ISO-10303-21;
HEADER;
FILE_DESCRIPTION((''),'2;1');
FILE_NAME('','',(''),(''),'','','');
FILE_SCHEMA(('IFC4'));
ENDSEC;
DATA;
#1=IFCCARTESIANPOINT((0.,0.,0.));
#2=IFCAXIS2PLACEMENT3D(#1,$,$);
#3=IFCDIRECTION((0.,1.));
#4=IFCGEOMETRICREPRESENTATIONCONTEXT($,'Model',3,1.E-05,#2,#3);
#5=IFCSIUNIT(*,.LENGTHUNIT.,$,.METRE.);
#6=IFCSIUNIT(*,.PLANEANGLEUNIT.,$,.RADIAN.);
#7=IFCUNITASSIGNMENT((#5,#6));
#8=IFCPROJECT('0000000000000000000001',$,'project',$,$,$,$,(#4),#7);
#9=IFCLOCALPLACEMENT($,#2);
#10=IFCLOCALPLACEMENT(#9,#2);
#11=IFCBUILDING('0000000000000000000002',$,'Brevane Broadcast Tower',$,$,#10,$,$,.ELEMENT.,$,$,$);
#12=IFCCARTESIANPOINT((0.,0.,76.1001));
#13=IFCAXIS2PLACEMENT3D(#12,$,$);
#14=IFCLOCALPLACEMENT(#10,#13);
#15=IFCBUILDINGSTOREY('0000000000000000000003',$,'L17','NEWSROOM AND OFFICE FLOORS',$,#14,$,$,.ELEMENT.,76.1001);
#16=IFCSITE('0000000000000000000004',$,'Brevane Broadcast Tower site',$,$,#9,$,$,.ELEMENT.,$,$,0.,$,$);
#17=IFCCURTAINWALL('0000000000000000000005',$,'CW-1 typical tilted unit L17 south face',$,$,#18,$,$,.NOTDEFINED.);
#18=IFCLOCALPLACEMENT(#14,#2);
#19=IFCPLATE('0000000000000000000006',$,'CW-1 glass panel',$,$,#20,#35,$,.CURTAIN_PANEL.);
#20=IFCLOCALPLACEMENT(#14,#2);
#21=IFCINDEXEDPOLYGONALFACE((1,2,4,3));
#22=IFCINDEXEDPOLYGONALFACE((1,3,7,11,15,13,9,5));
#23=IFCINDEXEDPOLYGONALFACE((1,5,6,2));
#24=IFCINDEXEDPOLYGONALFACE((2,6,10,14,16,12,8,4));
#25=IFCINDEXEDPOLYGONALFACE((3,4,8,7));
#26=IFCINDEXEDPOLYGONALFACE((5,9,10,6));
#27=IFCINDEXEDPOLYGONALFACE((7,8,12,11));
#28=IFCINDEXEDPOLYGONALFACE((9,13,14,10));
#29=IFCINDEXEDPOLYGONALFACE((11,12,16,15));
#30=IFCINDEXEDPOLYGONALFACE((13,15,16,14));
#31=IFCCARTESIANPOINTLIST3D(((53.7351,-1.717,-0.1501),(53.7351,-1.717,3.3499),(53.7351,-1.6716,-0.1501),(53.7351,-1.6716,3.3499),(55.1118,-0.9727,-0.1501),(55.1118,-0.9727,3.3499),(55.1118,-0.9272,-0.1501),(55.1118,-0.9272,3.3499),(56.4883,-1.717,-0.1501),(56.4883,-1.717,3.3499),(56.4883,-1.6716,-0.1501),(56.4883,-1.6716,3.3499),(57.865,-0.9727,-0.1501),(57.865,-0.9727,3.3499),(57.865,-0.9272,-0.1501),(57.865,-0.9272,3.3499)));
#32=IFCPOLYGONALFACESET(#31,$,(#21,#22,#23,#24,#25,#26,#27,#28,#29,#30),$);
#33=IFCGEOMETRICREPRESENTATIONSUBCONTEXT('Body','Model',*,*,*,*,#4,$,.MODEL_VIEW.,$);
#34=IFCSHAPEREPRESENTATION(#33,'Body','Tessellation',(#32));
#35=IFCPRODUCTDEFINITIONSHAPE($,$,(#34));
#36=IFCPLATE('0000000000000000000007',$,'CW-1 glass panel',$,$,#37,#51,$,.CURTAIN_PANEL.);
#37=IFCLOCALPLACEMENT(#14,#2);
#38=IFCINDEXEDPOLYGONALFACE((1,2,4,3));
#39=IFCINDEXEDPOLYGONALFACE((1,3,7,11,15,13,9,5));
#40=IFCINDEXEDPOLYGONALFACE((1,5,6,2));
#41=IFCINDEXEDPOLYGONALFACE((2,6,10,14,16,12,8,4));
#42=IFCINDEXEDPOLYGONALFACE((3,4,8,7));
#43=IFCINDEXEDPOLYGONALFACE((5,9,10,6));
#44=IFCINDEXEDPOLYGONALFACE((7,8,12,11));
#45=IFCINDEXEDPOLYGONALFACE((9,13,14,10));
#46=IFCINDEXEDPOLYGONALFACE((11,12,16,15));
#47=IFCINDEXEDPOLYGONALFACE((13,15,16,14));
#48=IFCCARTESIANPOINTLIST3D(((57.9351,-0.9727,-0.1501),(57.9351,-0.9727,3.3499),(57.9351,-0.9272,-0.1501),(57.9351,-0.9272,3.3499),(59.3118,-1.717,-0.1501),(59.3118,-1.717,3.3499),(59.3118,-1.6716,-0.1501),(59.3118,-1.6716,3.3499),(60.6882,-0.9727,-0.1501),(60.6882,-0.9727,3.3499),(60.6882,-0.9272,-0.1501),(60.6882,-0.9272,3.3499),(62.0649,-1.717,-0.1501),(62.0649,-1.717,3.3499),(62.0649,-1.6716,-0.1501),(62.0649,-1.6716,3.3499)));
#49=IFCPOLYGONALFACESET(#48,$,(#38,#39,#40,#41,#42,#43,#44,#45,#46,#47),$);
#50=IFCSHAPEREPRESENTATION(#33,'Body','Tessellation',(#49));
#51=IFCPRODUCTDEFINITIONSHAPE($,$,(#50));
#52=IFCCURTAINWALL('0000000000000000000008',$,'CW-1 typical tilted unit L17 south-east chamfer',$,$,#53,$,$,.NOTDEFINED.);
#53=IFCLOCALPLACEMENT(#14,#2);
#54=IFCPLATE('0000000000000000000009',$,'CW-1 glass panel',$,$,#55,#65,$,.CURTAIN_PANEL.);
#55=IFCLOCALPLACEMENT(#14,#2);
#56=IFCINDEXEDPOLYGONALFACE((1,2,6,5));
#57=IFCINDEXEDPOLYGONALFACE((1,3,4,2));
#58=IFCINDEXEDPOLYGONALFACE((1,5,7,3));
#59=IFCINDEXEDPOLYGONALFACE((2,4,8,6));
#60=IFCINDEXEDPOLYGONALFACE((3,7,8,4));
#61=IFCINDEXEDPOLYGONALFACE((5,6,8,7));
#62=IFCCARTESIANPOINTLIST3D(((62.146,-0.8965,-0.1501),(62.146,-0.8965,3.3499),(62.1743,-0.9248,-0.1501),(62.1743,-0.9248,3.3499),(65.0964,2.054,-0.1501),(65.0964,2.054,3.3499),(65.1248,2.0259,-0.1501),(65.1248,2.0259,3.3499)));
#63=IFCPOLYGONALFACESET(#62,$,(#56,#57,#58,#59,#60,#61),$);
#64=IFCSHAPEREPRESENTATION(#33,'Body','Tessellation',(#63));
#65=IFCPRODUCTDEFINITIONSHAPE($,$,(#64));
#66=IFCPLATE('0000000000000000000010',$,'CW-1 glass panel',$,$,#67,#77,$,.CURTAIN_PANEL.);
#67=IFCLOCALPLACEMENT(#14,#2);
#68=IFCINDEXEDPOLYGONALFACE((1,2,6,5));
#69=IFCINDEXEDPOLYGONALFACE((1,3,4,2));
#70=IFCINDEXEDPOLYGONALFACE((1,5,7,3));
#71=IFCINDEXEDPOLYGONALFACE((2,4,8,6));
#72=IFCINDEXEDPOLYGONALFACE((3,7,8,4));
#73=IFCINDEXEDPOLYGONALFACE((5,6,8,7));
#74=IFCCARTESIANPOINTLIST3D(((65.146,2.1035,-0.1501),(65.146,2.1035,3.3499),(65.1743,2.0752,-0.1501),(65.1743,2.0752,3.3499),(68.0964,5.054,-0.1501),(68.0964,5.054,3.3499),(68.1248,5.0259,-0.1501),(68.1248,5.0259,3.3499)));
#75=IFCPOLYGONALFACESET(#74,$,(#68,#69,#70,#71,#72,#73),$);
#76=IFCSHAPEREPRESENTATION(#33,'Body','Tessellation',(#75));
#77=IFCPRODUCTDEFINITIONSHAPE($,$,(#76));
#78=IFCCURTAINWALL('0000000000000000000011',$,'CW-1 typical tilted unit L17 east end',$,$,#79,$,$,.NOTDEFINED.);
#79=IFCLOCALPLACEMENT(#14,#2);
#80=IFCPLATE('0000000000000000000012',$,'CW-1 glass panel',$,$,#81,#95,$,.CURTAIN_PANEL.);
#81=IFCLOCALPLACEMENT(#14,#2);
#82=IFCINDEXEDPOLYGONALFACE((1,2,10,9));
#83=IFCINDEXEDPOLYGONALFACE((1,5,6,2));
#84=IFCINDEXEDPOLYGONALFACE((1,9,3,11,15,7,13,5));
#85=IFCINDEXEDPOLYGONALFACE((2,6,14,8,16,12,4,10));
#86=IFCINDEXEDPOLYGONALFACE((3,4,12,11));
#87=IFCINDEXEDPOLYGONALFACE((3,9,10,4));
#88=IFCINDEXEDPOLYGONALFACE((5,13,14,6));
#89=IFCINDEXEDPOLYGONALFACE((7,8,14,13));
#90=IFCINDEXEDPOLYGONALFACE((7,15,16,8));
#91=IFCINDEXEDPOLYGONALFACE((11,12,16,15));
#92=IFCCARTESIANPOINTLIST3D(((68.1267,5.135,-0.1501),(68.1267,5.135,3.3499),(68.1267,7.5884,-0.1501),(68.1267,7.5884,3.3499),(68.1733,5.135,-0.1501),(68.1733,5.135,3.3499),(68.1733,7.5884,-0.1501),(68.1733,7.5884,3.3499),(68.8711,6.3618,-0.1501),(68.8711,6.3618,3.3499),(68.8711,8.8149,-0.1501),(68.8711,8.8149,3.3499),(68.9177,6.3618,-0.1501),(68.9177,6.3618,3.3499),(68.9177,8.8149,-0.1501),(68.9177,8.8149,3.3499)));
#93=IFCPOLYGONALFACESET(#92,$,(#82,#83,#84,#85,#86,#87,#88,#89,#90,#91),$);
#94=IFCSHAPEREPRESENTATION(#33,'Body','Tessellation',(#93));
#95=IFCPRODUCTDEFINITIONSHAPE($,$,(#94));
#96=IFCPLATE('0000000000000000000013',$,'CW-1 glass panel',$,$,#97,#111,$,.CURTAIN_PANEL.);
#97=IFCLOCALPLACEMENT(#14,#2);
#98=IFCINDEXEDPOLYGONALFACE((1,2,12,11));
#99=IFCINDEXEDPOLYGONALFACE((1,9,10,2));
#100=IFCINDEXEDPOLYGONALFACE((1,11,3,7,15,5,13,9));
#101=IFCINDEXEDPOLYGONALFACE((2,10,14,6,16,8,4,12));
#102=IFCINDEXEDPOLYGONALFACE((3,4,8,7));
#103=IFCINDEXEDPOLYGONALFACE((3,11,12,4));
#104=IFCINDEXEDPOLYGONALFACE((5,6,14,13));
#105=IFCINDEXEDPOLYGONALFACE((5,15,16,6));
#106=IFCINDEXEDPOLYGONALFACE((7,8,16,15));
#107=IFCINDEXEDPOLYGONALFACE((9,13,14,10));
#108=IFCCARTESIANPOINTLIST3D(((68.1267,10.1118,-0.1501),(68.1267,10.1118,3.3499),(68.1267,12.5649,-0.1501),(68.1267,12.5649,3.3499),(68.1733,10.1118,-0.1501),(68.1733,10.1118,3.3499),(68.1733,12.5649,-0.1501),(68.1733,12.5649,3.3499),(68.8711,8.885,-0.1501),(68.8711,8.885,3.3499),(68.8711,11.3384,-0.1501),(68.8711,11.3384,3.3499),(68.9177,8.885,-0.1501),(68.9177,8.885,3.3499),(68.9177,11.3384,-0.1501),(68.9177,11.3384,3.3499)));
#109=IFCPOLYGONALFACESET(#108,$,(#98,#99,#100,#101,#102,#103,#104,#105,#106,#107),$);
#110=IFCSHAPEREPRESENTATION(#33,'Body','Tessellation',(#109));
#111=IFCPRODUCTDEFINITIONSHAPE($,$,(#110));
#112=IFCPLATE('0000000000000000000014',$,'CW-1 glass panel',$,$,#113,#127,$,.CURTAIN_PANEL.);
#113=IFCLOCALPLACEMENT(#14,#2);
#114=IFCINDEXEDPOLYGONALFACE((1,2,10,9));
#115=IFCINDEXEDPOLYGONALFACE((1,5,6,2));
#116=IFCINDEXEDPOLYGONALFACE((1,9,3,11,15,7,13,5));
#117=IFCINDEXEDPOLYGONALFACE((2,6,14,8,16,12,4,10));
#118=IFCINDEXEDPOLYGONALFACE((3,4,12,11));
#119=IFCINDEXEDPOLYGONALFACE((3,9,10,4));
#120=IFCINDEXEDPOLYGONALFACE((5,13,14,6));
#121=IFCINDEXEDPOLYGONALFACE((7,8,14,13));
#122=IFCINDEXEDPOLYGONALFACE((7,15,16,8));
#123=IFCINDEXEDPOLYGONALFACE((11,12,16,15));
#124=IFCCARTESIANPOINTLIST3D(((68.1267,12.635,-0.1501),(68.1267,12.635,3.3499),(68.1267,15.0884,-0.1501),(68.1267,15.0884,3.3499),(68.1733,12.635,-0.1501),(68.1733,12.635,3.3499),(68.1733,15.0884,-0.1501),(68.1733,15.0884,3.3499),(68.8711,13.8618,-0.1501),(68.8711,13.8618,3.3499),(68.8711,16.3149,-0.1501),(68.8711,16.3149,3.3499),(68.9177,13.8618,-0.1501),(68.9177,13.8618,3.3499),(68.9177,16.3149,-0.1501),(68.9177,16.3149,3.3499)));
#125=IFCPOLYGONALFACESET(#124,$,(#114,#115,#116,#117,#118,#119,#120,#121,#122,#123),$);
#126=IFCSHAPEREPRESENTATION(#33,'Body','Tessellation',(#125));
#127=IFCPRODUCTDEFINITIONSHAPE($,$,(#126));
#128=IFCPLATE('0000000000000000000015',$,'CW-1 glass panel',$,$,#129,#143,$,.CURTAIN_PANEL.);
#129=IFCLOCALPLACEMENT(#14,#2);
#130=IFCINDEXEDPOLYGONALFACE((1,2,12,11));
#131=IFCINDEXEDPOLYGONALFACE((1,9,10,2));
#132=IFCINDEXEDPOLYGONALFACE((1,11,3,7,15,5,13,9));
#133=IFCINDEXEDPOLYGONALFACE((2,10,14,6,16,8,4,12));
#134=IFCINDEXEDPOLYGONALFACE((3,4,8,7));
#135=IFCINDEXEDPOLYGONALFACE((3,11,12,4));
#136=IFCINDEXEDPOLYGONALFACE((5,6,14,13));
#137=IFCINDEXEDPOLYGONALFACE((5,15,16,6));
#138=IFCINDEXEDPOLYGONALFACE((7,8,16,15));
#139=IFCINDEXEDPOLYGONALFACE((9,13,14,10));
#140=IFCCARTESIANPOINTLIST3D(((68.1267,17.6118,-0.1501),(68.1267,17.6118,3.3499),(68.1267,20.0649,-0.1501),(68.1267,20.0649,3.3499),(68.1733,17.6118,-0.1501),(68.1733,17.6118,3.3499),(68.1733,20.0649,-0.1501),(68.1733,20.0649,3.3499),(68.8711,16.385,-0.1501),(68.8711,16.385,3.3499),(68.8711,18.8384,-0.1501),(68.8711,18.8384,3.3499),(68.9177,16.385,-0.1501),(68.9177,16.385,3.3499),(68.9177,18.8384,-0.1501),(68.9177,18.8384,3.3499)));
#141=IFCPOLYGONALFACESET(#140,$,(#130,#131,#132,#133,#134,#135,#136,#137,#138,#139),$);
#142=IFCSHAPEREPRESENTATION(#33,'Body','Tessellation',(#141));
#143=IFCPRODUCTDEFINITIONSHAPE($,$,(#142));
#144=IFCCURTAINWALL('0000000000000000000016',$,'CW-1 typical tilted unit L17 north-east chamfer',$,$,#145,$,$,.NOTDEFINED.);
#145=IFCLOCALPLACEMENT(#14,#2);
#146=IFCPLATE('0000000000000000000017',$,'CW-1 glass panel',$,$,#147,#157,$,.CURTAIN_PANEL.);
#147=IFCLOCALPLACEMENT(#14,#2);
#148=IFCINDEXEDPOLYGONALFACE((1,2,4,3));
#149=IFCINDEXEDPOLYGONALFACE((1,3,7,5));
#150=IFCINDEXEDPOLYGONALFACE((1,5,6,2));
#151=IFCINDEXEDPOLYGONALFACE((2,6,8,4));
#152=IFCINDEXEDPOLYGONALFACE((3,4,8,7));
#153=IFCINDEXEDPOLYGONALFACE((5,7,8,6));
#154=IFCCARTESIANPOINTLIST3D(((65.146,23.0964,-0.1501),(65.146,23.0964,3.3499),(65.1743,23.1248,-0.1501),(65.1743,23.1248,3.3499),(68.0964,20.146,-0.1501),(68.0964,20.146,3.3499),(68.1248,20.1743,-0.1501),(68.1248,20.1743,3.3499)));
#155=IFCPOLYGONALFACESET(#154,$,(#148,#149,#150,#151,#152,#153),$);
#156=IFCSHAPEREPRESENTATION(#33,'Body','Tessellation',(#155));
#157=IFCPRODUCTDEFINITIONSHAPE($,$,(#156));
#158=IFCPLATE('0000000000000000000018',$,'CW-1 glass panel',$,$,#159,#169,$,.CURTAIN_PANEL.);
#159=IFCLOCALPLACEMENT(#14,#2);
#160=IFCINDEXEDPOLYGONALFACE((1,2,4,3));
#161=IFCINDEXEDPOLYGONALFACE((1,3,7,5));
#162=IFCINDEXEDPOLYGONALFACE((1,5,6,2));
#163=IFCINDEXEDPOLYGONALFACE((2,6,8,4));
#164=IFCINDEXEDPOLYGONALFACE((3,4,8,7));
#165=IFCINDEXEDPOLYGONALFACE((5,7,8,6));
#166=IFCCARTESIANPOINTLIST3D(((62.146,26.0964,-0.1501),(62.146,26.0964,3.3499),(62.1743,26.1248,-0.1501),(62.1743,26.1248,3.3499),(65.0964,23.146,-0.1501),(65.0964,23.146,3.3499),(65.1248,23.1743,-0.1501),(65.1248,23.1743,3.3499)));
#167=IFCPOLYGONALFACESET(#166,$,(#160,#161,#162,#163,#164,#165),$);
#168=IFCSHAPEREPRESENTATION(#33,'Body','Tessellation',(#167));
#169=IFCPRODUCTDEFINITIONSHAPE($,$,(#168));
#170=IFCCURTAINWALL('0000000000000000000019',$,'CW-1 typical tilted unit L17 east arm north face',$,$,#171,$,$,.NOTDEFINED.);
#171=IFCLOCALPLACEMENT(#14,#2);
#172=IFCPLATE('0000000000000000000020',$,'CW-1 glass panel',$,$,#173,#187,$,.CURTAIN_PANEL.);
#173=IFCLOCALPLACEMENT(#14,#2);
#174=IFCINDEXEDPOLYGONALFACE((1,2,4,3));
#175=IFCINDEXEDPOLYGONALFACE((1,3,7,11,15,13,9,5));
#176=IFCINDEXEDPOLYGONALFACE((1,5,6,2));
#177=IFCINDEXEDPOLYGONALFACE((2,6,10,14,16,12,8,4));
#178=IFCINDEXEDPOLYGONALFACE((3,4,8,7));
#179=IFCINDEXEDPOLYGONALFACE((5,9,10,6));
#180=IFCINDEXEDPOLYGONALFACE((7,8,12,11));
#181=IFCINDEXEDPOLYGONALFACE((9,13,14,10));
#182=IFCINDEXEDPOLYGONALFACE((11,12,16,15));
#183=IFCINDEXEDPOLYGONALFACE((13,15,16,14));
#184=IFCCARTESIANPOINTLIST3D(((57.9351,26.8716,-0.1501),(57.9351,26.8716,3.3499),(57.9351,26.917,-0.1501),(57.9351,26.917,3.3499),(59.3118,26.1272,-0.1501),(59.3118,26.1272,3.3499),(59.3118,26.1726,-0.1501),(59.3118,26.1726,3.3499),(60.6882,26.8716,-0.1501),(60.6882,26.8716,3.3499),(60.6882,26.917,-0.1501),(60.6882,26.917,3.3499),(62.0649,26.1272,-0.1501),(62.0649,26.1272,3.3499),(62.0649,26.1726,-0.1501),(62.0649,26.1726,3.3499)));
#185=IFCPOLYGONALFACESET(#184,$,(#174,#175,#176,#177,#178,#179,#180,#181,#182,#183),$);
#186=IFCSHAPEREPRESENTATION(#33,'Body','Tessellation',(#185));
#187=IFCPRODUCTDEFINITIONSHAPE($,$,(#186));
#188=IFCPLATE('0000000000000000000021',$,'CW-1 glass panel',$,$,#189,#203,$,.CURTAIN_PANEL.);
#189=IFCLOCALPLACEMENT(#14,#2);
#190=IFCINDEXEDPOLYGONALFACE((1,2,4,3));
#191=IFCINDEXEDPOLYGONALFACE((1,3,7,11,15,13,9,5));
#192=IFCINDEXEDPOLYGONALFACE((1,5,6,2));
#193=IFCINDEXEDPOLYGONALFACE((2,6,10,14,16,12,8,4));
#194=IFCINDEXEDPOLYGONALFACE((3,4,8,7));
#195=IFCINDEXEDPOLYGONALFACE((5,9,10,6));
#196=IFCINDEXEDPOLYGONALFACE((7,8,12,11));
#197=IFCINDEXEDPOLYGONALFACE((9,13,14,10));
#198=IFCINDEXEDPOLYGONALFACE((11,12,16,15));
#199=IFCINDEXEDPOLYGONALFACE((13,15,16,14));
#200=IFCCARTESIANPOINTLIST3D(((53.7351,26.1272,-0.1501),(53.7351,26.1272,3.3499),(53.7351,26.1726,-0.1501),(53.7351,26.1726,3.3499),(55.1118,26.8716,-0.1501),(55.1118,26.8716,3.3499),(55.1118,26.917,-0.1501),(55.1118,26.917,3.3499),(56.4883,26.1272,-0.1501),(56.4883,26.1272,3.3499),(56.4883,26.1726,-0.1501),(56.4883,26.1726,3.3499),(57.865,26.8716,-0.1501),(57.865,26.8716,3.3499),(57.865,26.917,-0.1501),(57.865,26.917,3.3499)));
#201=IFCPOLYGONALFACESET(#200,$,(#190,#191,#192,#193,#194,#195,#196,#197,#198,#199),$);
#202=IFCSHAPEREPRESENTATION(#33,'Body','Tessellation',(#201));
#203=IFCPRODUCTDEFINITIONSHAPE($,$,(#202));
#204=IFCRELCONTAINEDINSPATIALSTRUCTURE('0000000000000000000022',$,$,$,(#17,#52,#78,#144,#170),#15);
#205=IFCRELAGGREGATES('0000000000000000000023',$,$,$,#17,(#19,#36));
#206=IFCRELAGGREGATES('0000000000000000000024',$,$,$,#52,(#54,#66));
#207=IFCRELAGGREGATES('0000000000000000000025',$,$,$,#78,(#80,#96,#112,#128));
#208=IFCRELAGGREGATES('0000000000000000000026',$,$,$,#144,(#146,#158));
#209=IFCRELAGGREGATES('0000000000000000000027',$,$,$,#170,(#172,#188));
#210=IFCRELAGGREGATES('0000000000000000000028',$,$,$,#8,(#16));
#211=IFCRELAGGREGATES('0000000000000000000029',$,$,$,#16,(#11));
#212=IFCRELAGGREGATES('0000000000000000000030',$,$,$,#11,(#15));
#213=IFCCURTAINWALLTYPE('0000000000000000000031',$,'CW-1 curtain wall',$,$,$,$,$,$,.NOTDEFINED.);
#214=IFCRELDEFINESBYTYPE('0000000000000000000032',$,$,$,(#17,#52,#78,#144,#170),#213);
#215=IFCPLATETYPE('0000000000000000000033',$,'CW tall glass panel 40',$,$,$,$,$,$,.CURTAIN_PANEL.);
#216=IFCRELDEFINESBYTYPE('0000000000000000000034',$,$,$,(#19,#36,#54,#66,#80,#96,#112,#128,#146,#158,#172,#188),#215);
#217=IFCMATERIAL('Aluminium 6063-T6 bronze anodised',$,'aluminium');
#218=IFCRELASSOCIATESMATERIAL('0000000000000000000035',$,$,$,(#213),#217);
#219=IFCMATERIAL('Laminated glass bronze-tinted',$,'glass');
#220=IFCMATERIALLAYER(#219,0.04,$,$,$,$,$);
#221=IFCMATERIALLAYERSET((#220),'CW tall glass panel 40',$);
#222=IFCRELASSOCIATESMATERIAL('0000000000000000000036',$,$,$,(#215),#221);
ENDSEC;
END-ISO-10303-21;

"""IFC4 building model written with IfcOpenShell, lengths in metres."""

from ifc_helpers import new_model, si_unit, direction, frame, origin, place, context, subcontext, project, spatial, polyline, outline, extrude, material, layer, layer_set, type_object, element, aggregate, save


model = new_model("IFC4")

# Units and contexts
model_context = context("Model", 3, precision=1e-05, world=origin(), true_north=direction((0.0, 1.0)))
body_context = subcontext(model_context, "Body", "Model", "MODEL_VIEW")
ifc_project = project(units=[si_unit("LENGTHUNIT", "METRE"), si_unit("PLANEANGLEUNIT", "RADIAN")], contexts=[model_context])

# Site, building, storey
site_placement = place(None, origin())
site = spatial("IfcSite", under=ifc_project, at=site_placement, Name="Brevane Broadcast Tower site", CompositionType="ELEMENT", RefElevation=0.0)
building_placement = place(site_placement, origin())
building = spatial("IfcBuilding", under=site, at=building_placement, Name="Brevane Broadcast Tower", CompositionType="ELEMENT")
storey_placement = place(building_placement, frame((0.0, 0.0, 76.1001)))
storey = spatial("IfcBuildingStorey", under=building, at=storey_placement, Name="L17", Description="NEWSROOM AND OFFICE FLOORS", CompositionType="ELEMENT", Elevation=76.1001)

# Curtain walls, plates
ifc_material_1 = material(Name="Aluminium 6063-T6 bronze anodised", Category="aluminium")
curtain_wall_type = type_object("IfcCurtainWallType", Name="CW-1 curtain wall", PredefinedType="NOTDEFINED", material=ifc_material_1)
curtain_wall_1_placement = place(storey_placement, origin())
curtain_wall_1 = element("IfcCurtainWall", 1, at=curtain_wall_1_placement, inside=storey, type_object=curtain_wall_type, Name="CW-1 typical tilted unit L17 south face", PredefinedType="NOTDEFINED")
ifc_material_2 = material(Name="Laminated glass bronze-tinted", Category="glass")
ifc_layer = layer(ifc_material_2, 0.04)
ifc_layer_set = layer_set([ifc_layer], Name="CW tall glass panel 40")
plate_type = type_object("IfcPlateType", Name="CW tall glass panel 40", PredefinedType="CURTAIN_PANEL", material=ifc_layer_set)
plate_1_placement = place(storey_placement, frame((0.0, 0.0, -0.1501)))
plate_1 = element("IfcPlate", 2, at=plate_1_placement, type_object=plate_type, Name="CW-1 glass panel", PredefinedType="CURTAIN_PANEL", context=body_context, shape_type="SweptSolid", body=[
    extrude(outline(polyline([(53.7351, -1.6716), (53.7351, -1.717), (55.1118, -0.9727), (56.4883, -1.717), (57.865, -0.9727), (57.865, -0.9272), (56.4883, -1.6716), (55.1118, -0.9272), (53.7351, -1.6716)])), origin(), (0.0, 0.0, 1.0), 3.5),
])
plate_2_placement = place(storey_placement, frame((0.0, 0.0, -0.1501)))
plate_2 = element("IfcPlate", 3, at=plate_2_placement, type_object=plate_type, Name="CW-1 glass panel", PredefinedType="CURTAIN_PANEL", context=body_context, shape_type="SweptSolid", body=[
    extrude(outline(polyline([(57.9351, -0.9272), (57.9351, -0.9727), (59.3118, -1.717), (60.6882, -0.9727), (62.0649, -1.717), (62.0649, -1.6716), (60.6882, -0.9272), (59.3118, -1.6716), (57.9351, -0.9272)])), origin(), (0.0, 0.0, 1.0), 3.5),
])
aggregate(curtain_wall_1, [plate_1, plate_2])
curtain_wall_2_placement = place(storey_placement, origin())
curtain_wall_2 = element("IfcCurtainWall", 4, at=curtain_wall_2_placement, inside=storey, type_object=curtain_wall_type, Name="CW-1 typical tilted unit L17 south-east chamfer", PredefinedType="NOTDEFINED")
plate_3_placement = place(storey_placement, frame((0.0, 0.0, -0.1501)))
plate_3 = element("IfcPlate", 5, at=plate_3_placement, type_object=plate_type, Name="CW-1 glass panel", PredefinedType="CURTAIN_PANEL", context=body_context, shape_type="SweptSolid", body=[
    extrude(outline(polyline([(62.146, -0.8965), (65.0964, 2.054), (65.1248, 2.0259), (62.1743, -0.9248), (62.146, -0.8965)])), origin(), (0.0, 0.0, 1.0), 3.5),
])
plate_4_placement = place(storey_placement, frame((0.0, 0.0, -0.1501)))
plate_4 = element("IfcPlate", 6, at=plate_4_placement, type_object=plate_type, Name="CW-1 glass panel", PredefinedType="CURTAIN_PANEL", context=body_context, shape_type="SweptSolid", body=[
    extrude(outline(polyline([(65.146, 2.1035), (68.0964, 5.054), (68.1248, 5.0259), (65.1743, 2.0752), (65.146, 2.1035)])), origin(), (0.0, 0.0, 1.0), 3.5),
])
aggregate(curtain_wall_2, [plate_3, plate_4])
curtain_wall_3_placement = place(storey_placement, origin())
curtain_wall_3 = element("IfcCurtainWall", 7, at=curtain_wall_3_placement, inside=storey, type_object=curtain_wall_type, Name="CW-1 typical tilted unit L17 east end", PredefinedType="NOTDEFINED")
plate_5_placement = place(storey_placement, frame((0.0, 0.0, -0.1501)))
plate_5 = element("IfcPlate", 8, at=plate_5_placement, type_object=plate_type, Name="CW-1 glass panel", PredefinedType="CURTAIN_PANEL", context=body_context, shape_type="SweptSolid", body=[
    extrude(outline(polyline([(68.1267, 5.135), (68.1733, 5.135), (68.9177, 6.3618), (68.1733, 7.5884), (68.9177, 8.8149), (68.8711, 8.8149), (68.1267, 7.5884), (68.8711, 6.3618), (68.1267, 5.135)])), origin(), (0.0, 0.0, 1.0), 3.5),
])
plate_6_placement = place(storey_placement, frame((0.0, 0.0, -0.1501)))
plate_6 = element("IfcPlate", 9, at=plate_6_placement, type_object=plate_type, Name="CW-1 glass panel", PredefinedType="CURTAIN_PANEL", context=body_context, shape_type="SweptSolid", body=[
    extrude(outline(polyline([(68.8711, 8.885), (68.9177, 8.885), (68.1733, 10.1118), (68.9177, 11.3384), (68.1733, 12.5649), (68.1267, 12.5649), (68.8711, 11.3384), (68.1267, 10.1118), (68.8711, 8.885)])), origin(), (0.0, 0.0, 1.0), 3.5),
])
plate_7_placement = place(storey_placement, frame((0.0, 0.0, -0.1501)))
plate_7 = element("IfcPlate", 10, at=plate_7_placement, type_object=plate_type, Name="CW-1 glass panel", PredefinedType="CURTAIN_PANEL", context=body_context, shape_type="SweptSolid", body=[
    extrude(outline(polyline([(68.1267, 12.635), (68.1733, 12.635), (68.9177, 13.8618), (68.1733, 15.0884), (68.9177, 16.3149), (68.8711, 16.3149), (68.1267, 15.0884), (68.8711, 13.8618), (68.1267, 12.635)])), origin(), (0.0, 0.0, 1.0), 3.5),
])
plate_8_placement = place(storey_placement, frame((0.0, 0.0, -0.1501)))
plate_8 = element("IfcPlate", 11, at=plate_8_placement, type_object=plate_type, Name="CW-1 glass panel", PredefinedType="CURTAIN_PANEL", context=body_context, shape_type="SweptSolid", body=[
    extrude(outline(polyline([(68.8711, 16.385), (68.9177, 16.385), (68.1733, 17.6118), (68.9177, 18.8384), (68.1733, 20.0649), (68.1267, 20.0649), (68.8711, 18.8384), (68.1267, 17.6118), (68.8711, 16.385)])), origin(), (0.0, 0.0, 1.0), 3.5),
])
aggregate(curtain_wall_3, [plate_5, plate_6, plate_7, plate_8])
curtain_wall_4_placement = place(storey_placement, origin())
curtain_wall_4 = element("IfcCurtainWall", 12, at=curtain_wall_4_placement, inside=storey, type_object=curtain_wall_type, Name="CW-1 typical tilted unit L17 north-east chamfer", PredefinedType="NOTDEFINED")
plate_9_placement = place(storey_placement, frame((0.0, 0.0, -0.1501)))
plate_9 = element("IfcPlate", 13, at=plate_9_placement, type_object=plate_type, Name="CW-1 glass panel", PredefinedType="CURTAIN_PANEL", context=body_context, shape_type="SweptSolid", body=[
    extrude(outline(polyline([(68.0964, 20.146), (65.146, 23.0964), (65.1743, 23.1248), (68.1248, 20.1743), (68.0964, 20.146)])), origin(), (0.0, 0.0, 1.0), 3.5),
])
plate_10_placement = place(storey_placement, frame((0.0, 0.0, -0.1501)))
plate_10 = element("IfcPlate", 14, at=plate_10_placement, type_object=plate_type, Name="CW-1 glass panel", PredefinedType="CURTAIN_PANEL", context=body_context, shape_type="SweptSolid", body=[
    extrude(outline(polyline([(65.0964, 23.146), (62.146, 26.0964), (62.1743, 26.1248), (65.1248, 23.1743), (65.0964, 23.146)])), origin(), (0.0, 0.0, 1.0), 3.5),
])
aggregate(curtain_wall_4, [plate_9, plate_10])
curtain_wall_5_placement = place(storey_placement, origin())
curtain_wall_5 = element("IfcCurtainWall", 15, at=curtain_wall_5_placement, inside=storey, type_object=curtain_wall_type, Name="CW-1 typical tilted unit L17 east arm north face", PredefinedType="NOTDEFINED")
plate_11_placement = place(storey_placement, frame((0.0, 0.0, -0.1501)))
plate_11 = element("IfcPlate", 16, at=plate_11_placement, type_object=plate_type, Name="CW-1 glass panel", PredefinedType="CURTAIN_PANEL", context=body_context, shape_type="SweptSolid", body=[
    extrude(outline(polyline([(62.0649, 26.1272), (62.0649, 26.1726), (60.6882, 26.917), (59.3118, 26.1726), (57.9351, 26.917), (57.9351, 26.8716), (59.3118, 26.1272), (60.6882, 26.8716), (62.0649, 26.1272)])), origin(), (0.0, 0.0, 1.0), 3.5),
])
plate_12_placement = place(storey_placement, frame((0.0, 0.0, -0.1501)))
plate_12 = element("IfcPlate", 17, at=plate_12_placement, type_object=plate_type, Name="CW-1 glass panel", PredefinedType="CURTAIN_PANEL", context=body_context, shape_type="SweptSolid", body=[
    extrude(outline(polyline([(57.865, 26.8716), (57.865, 26.917), (56.4883, 26.1726), (55.1118, 26.917), (53.7351, 26.1726), (53.7351, 26.1272), (55.1118, 26.8716), (56.4883, 26.1272), (57.865, 26.8716)])), origin(), (0.0, 0.0, 1.0), 3.5),
])
aggregate(curtain_wall_5, [plate_11, plate_12])

save(model, "model.ifc")
